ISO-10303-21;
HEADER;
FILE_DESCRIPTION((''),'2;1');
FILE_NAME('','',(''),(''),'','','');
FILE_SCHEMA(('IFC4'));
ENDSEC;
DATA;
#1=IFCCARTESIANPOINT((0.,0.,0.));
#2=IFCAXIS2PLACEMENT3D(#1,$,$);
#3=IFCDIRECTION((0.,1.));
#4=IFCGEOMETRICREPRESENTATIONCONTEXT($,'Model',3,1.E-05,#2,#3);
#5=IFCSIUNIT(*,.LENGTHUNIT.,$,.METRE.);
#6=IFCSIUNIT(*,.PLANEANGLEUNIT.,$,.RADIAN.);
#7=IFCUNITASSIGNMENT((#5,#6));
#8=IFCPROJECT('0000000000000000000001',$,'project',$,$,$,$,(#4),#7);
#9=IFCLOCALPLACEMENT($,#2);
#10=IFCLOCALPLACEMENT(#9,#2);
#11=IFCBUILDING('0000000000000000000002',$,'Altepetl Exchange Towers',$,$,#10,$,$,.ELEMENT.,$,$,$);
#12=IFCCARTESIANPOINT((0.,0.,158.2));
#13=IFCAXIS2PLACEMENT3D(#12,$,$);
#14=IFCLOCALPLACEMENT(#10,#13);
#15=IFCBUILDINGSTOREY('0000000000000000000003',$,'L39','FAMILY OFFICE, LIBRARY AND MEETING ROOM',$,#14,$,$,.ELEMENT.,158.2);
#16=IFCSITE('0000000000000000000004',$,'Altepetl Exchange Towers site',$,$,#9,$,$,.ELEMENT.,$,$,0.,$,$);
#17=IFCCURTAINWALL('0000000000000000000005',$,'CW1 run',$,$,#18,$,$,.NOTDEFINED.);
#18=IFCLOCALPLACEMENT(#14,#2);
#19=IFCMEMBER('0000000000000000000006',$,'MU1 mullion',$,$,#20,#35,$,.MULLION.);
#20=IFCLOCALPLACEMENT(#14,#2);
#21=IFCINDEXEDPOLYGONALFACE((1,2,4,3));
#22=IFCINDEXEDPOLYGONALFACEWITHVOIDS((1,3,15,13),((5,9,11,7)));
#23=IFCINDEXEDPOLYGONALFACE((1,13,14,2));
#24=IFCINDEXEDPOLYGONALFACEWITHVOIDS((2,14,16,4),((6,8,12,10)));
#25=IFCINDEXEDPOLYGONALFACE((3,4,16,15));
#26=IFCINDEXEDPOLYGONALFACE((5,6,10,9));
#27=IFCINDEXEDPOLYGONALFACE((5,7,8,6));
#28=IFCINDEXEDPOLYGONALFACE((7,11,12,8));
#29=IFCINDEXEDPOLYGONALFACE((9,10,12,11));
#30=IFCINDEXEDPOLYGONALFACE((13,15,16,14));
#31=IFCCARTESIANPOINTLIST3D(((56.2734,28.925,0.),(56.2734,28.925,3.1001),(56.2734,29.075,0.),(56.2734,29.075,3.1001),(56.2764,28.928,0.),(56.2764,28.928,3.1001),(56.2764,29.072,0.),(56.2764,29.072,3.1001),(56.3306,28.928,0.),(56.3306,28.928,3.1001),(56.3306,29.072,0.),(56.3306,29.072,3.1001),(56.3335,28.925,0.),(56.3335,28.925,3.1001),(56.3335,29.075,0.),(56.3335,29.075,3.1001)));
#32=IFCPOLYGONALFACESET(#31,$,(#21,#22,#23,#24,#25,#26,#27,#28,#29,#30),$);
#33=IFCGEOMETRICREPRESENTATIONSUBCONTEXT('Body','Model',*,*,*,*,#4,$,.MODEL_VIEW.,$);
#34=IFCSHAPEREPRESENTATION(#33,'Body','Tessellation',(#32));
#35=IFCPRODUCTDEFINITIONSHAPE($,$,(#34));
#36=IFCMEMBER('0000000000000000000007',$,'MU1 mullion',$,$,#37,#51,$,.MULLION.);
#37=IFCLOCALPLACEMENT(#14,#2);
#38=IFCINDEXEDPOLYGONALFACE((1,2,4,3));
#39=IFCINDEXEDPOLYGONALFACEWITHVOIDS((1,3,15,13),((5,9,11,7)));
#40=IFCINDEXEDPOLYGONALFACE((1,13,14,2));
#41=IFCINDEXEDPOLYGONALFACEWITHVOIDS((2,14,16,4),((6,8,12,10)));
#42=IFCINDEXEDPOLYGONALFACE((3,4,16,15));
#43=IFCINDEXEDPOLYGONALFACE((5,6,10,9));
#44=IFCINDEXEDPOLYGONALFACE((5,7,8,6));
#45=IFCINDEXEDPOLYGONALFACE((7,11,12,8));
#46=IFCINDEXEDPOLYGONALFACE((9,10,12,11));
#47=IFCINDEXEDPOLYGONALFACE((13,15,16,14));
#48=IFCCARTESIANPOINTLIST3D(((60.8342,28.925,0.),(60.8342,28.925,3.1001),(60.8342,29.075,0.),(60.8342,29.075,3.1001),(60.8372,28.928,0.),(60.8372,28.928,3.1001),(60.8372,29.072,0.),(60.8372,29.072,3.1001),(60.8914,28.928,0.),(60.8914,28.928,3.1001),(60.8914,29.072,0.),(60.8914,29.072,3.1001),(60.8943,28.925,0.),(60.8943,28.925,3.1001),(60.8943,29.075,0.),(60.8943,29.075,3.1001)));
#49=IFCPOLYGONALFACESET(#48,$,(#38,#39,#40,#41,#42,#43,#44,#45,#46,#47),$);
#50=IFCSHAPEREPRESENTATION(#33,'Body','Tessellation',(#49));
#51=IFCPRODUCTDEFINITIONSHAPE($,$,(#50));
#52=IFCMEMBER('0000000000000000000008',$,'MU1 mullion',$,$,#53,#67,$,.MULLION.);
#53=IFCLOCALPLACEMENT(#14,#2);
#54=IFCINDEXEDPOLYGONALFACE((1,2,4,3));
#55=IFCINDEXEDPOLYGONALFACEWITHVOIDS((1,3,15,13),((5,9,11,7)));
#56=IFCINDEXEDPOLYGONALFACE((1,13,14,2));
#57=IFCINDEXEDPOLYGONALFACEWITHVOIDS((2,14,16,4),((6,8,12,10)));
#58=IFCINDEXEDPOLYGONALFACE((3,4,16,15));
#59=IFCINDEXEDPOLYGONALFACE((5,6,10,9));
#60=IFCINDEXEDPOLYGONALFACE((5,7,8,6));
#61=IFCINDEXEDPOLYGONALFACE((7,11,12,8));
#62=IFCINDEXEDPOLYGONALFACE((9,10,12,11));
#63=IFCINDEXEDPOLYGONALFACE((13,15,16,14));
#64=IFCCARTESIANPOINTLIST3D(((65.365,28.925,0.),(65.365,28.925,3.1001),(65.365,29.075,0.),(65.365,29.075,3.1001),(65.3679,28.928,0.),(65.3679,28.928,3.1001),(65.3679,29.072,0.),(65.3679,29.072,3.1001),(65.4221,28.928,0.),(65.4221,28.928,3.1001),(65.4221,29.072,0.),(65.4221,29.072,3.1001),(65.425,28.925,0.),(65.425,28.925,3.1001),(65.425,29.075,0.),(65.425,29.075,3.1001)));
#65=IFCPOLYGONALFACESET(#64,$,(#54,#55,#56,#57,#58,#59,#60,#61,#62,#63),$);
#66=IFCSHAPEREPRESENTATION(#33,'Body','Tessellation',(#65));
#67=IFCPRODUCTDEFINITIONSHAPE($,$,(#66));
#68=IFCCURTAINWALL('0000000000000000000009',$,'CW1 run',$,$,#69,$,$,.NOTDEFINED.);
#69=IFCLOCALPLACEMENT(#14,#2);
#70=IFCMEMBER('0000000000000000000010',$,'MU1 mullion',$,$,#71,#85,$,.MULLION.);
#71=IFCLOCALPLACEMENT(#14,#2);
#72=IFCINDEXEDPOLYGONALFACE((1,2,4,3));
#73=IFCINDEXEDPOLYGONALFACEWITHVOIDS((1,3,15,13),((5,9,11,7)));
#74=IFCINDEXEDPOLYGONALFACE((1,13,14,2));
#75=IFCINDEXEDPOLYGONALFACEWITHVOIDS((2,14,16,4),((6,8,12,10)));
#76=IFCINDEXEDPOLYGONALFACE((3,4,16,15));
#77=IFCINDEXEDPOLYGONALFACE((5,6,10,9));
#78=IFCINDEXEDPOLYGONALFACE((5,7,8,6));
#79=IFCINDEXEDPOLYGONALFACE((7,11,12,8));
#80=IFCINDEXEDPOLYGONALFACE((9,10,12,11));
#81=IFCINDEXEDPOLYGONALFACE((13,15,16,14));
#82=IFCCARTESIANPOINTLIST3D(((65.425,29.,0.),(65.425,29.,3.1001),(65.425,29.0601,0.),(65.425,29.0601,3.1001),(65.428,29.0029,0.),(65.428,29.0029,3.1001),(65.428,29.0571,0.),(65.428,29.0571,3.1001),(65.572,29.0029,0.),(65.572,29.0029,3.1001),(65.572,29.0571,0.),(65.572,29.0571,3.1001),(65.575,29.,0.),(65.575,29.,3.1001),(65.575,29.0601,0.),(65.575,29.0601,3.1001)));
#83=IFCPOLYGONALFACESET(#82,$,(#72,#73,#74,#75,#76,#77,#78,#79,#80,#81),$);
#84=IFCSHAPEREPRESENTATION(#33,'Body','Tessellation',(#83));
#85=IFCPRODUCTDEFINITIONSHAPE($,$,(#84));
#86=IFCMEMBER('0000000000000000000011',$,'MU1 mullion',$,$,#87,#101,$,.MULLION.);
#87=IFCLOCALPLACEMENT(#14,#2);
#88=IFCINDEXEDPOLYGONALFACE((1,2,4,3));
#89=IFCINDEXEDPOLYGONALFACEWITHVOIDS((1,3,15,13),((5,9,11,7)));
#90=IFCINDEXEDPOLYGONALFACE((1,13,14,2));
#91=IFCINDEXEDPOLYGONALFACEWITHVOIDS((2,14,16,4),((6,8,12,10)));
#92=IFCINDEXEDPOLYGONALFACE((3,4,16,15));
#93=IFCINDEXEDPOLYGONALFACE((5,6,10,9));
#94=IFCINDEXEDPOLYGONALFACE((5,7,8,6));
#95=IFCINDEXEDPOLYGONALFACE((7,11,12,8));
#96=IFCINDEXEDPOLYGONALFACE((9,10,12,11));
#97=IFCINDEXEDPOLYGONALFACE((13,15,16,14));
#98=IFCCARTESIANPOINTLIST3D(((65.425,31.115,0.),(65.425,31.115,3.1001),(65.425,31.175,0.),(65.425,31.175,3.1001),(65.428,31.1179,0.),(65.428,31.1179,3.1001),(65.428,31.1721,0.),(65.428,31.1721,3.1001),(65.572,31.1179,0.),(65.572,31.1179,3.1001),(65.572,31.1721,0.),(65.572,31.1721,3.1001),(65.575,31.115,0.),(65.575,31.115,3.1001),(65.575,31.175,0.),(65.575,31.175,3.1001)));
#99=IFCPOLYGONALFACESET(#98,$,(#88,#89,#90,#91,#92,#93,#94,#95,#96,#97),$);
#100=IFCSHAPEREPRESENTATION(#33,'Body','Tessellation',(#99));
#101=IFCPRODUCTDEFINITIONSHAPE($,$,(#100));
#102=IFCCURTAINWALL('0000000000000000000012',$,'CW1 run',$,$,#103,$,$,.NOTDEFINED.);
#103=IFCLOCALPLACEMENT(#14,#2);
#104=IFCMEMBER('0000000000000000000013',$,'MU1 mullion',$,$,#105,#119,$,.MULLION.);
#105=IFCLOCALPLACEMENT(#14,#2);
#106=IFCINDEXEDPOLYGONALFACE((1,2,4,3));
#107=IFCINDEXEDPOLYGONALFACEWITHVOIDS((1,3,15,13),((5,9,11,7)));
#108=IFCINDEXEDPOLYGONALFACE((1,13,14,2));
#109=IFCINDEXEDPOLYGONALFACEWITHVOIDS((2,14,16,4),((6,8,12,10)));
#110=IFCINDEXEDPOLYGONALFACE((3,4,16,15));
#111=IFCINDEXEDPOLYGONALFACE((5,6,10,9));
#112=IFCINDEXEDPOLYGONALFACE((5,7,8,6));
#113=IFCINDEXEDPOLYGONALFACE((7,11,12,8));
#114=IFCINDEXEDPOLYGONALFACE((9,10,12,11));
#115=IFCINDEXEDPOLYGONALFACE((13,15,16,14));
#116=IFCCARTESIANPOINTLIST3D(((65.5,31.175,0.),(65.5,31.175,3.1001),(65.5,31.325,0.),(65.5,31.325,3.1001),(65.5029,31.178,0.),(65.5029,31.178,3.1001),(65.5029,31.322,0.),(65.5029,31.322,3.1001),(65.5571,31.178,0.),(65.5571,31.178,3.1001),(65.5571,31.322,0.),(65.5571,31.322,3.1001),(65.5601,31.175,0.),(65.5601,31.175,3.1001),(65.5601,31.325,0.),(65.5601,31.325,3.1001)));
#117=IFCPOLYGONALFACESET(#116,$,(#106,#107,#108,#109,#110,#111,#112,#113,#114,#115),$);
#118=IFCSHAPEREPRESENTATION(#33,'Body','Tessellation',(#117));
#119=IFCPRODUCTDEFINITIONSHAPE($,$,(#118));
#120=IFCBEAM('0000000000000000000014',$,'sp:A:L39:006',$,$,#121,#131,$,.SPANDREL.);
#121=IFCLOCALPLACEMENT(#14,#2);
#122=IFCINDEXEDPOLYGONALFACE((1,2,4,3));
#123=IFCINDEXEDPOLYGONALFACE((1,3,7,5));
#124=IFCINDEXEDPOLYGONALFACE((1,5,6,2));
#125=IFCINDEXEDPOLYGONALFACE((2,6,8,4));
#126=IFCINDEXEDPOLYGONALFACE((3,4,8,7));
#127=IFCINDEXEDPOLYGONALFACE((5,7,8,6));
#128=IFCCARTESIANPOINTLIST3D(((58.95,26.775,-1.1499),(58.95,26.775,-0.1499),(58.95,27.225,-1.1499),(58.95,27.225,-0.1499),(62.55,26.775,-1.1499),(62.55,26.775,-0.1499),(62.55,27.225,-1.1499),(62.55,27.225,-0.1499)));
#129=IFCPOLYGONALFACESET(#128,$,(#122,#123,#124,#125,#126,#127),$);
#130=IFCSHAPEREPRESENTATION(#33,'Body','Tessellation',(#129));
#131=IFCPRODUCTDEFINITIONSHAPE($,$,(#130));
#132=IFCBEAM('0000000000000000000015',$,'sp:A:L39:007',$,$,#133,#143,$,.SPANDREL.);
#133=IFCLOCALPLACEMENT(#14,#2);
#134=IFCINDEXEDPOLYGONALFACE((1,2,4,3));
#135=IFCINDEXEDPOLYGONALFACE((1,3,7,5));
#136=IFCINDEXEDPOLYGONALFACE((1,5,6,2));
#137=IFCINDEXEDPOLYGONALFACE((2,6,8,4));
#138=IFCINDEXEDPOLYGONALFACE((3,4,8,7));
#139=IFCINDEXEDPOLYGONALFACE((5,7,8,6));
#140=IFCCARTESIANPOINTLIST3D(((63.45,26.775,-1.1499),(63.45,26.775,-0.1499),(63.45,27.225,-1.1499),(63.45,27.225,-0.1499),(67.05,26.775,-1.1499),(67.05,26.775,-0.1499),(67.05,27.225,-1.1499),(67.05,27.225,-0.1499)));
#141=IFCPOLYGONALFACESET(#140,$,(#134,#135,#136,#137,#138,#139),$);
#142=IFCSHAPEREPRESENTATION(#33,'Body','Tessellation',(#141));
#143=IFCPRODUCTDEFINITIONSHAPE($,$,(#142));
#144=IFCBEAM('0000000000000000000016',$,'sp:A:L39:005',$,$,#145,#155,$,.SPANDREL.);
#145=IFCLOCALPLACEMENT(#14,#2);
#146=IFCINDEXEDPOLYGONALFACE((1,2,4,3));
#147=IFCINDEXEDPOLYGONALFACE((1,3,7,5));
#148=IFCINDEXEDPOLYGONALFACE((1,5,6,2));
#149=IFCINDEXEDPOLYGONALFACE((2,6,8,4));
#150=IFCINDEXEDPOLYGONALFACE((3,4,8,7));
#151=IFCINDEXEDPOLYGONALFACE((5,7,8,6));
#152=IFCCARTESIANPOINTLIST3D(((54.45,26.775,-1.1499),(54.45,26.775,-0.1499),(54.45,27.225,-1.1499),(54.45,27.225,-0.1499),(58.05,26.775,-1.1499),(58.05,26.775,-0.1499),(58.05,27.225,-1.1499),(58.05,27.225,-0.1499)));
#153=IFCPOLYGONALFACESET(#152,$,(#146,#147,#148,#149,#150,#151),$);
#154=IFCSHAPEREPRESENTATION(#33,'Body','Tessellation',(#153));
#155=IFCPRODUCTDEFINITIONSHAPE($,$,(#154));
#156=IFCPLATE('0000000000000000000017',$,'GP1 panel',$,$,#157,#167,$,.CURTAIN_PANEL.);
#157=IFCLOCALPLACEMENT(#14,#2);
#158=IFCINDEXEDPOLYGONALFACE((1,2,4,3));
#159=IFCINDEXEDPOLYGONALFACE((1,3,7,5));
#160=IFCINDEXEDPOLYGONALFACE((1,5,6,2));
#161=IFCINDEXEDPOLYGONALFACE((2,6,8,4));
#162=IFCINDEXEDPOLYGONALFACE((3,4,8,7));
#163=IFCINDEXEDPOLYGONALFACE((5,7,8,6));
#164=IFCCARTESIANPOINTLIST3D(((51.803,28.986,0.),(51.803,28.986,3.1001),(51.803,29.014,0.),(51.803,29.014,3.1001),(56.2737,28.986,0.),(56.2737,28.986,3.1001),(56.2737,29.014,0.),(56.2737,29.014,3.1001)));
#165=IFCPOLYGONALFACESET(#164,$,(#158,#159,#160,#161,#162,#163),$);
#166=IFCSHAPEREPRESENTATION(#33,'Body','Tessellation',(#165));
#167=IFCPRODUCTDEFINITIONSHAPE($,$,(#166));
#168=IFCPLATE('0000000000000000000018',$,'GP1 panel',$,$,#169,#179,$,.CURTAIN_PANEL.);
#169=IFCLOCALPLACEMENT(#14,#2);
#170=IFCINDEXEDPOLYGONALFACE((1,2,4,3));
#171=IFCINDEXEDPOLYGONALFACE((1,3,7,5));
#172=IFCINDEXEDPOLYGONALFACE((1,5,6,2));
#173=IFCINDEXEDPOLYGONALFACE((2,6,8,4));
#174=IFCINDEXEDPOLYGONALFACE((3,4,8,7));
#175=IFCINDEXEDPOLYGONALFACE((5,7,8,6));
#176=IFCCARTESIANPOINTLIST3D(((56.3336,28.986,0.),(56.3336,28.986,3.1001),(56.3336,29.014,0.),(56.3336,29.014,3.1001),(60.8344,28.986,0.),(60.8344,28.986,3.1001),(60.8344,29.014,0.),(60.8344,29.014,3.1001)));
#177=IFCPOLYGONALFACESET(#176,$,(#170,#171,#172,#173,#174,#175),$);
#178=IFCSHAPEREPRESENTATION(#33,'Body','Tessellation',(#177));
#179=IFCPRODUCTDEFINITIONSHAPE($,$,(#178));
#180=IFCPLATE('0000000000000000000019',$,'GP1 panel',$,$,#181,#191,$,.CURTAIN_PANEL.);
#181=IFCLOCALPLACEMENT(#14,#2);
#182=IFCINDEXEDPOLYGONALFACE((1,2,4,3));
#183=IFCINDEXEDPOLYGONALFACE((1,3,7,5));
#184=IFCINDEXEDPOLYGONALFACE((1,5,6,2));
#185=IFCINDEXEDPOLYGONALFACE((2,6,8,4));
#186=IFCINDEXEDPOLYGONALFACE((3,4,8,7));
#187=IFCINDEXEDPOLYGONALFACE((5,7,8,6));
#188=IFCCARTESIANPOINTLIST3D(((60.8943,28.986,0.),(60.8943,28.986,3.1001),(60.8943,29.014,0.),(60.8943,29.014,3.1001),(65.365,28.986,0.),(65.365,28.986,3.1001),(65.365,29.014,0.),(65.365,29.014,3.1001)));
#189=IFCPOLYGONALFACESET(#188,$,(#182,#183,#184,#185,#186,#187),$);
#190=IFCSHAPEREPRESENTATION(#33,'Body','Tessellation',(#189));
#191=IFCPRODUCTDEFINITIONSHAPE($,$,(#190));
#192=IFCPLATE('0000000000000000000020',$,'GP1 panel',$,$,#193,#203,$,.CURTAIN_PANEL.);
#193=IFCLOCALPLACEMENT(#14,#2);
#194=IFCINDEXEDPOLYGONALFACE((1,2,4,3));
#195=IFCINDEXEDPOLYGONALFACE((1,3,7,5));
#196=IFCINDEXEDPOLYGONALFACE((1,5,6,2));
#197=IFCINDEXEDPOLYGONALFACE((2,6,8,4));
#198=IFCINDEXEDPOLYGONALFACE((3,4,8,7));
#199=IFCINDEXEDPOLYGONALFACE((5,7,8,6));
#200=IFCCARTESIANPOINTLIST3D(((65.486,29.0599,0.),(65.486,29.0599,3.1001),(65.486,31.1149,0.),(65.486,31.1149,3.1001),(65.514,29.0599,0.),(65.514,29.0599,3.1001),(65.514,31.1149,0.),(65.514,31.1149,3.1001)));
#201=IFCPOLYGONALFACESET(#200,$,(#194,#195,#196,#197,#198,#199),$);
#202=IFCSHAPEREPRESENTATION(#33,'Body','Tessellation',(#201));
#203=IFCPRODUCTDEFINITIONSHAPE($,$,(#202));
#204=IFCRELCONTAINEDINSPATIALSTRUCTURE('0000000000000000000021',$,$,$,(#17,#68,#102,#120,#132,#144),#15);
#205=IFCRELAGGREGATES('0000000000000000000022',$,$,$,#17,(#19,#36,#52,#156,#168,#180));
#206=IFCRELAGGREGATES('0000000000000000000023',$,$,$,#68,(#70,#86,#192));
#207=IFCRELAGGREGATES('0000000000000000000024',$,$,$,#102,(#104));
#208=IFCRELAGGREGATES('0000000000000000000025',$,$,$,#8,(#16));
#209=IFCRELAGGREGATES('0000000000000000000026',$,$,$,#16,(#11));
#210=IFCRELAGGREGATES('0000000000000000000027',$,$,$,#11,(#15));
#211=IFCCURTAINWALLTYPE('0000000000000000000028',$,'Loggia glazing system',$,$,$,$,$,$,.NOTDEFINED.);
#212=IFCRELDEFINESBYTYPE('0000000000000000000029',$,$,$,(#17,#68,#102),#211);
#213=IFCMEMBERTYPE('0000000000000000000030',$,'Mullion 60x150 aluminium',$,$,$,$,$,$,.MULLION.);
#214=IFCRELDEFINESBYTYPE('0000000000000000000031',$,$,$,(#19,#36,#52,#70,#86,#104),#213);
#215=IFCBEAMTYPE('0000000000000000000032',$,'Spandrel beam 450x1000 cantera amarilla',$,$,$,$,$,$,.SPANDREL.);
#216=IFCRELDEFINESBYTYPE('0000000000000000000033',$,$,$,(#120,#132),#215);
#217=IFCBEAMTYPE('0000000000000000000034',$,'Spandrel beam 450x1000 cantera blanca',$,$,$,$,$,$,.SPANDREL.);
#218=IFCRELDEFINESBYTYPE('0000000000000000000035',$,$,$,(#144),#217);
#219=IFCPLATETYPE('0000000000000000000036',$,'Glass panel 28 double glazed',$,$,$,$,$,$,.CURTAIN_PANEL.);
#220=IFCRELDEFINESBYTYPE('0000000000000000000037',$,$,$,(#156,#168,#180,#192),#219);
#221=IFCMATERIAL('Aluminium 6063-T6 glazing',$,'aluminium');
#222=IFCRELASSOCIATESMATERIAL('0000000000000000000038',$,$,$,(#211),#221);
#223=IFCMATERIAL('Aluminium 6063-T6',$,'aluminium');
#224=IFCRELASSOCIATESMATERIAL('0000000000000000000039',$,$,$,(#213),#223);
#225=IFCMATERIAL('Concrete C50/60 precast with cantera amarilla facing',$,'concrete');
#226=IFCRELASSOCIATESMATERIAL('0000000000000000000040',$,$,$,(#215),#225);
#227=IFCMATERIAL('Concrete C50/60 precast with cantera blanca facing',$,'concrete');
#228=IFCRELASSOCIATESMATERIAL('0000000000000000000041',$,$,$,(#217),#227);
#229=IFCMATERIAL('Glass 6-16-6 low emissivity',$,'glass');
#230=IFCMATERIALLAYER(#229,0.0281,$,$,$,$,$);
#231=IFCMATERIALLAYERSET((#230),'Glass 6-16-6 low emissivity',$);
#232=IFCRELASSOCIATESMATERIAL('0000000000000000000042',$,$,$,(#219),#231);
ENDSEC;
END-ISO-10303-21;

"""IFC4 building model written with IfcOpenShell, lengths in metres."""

from ifc_helpers import new_model, si_unit, direction, frame, origin, origin_2d, place, context, subcontext, project, spatial, rectangle, hollow_rectangle, extrude, material, layer, layer_set, material_profile, profile_set, type_object, element, aggregate, save


model = new_model("IFC4")

# Units and contexts
model_context = context("Model", 3, precision=1e-05, world=origin(), true_north=direction((0.0, 1.0)))
body_context = subcontext(model_context, "Body", "Model", "MODEL_VIEW")
ifc_project = project(units=[si_unit("LENGTHUNIT", "METRE"), si_unit("PLANEANGLEUNIT", "RADIAN")], contexts=[model_context])

# Site, building, storey
site_placement = place(None, origin())
site = spatial("IfcSite", under=ifc_project, at=site_placement, Name="Altepetl Exchange Towers site", CompositionType="ELEMENT", RefElevation=0.0)
building_placement = place(site_placement, origin())
building = spatial("IfcBuilding", under=site, at=building_placement, Name="Altepetl Exchange Towers", CompositionType="ELEMENT")
storey_placement = place(building_placement, frame((0.0, 0.0, 158.2)))
storey = spatial("IfcBuildingStorey", under=building, at=storey_placement, Name="L39", Description="FAMILY OFFICE, LIBRARY AND MEETING ROOM", CompositionType="ELEMENT", Elevation=158.2)

# Curtain walls, members
ifc_material_1 = material(Name="Aluminium 6063-T6 glazing", Category="aluminium")
curtain_wall_type = type_object("IfcCurtainWallType", Name="Loggia glazing system", PredefinedType="NOTDEFINED", material=ifc_material_1)
curtain_wall_1_placement = place(storey_placement, origin())
curtain_wall_1 = element("IfcCurtainWall", 1, at=curtain_wall_1_placement, inside=storey, type_object=curtain_wall_type, Name="CW1 run", PredefinedType="NOTDEFINED")
ifc_material_2 = material(Name="Aluminium 6063-T6", Category="aluminium")
ifc_material_profile_1 = material_profile(ifc_material_2, hollow_rectangle(XDim=0.0601, YDim=0.1499, WallThickness=0.0029, at=origin_2d()), Name="Mullion 60x150 aluminium")
ifc_profile_set_1 = profile_set([ifc_material_profile_1], Name="Aluminium 6063-T6")
member_type = type_object("IfcMemberType", Name="Mullion 60x150 aluminium", PredefinedType="MULLION", material=ifc_profile_set_1)
member_1_placement = place(storey_placement, frame((56.3035, 29.0, 0.0)))
member_1 = element("IfcMember", 2, at=member_1_placement, type_object=member_type, Name="MU1 mullion", PredefinedType="MULLION", context=body_context, shape_type="SweptSolid", body=[
    extrude(hollow_rectangle(XDim=0.0601, YDim=0.1499, WallThickness=0.0029, at=origin_2d()), origin(), (0.0, 0.0, 1.0), 3.1001),
])
member_2_placement = place(storey_placement, frame((60.8643, 29.0, 0.0)))
member_2 = element("IfcMember", 3, at=member_2_placement, type_object=member_type, Name="MU1 mullion", PredefinedType="MULLION", context=body_context, shape_type="SweptSolid", body=[
    extrude(hollow_rectangle(XDim=0.0601, YDim=0.1499, WallThickness=0.0029, at=origin_2d()), origin(), (0.0, 0.0, 1.0), 3.1001),
])
member_3_placement = place(storey_placement, frame((65.395, 29.0, 0.0)))
member_3 = element("IfcMember", 4, at=member_3_placement, type_object=member_type, Name="MU1 mullion", PredefinedType="MULLION", context=body_context, shape_type="SweptSolid", body=[
    extrude(hollow_rectangle(XDim=0.0601, YDim=0.1499, WallThickness=0.0029, at=origin_2d()), origin(), (0.0, 0.0, 1.0), 3.1001),
])
curtain_wall_2_placement = place(storey_placement, origin())
curtain_wall_2 = element("IfcCurtainWall", 5, at=curtain_wall_2_placement, inside=storey, type_object=curtain_wall_type, Name="CW1 run", PredefinedType="NOTDEFINED")
member_4_placement = place(storey_placement, frame((65.5, 29.03, 0.0), z_axis=(0.0, 0.0, 1.0), x_axis=(0.0, 1.0, 0.0)))
member_4 = element("IfcMember", 6, at=member_4_placement, type_object=member_type, Name="MU1 mullion", PredefinedType="MULLION", context=body_context, shape_type="SweptSolid", body=[
    extrude(hollow_rectangle(XDim=0.0601, YDim=0.1499, WallThickness=0.0029, at=origin_2d()), origin(), (0.0, 0.0, 1.0), 3.1001),
])
member_5_placement = place(storey_placement, frame((65.5, 31.145, 0.0), z_axis=(0.0, 0.0, 1.0), x_axis=(0.0, 1.0, 0.0)))
member_5 = element("IfcMember", 7, at=member_5_placement, type_object=member_type, Name="MU1 mullion", PredefinedType="MULLION", context=body_context, shape_type="SweptSolid", body=[
    extrude(hollow_rectangle(XDim=0.0601, YDim=0.1499, WallThickness=0.0029, at=origin_2d()), origin(), (0.0, 0.0, 1.0), 3.1001),
])

# Curtain wall, member
curtain_wall_3_placement = place(storey_placement, origin())
curtain_wall_3 = element("IfcCurtainWall", 8, at=curtain_wall_3_placement, inside=storey, type_object=curtain_wall_type, Name="CW1 run", PredefinedType="NOTDEFINED")
member_6_placement = place(storey_placement, frame((65.53, 31.25, 0.0)))
member_6 = element("IfcMember", 9, at=member_6_placement, type_object=member_type, Name="MU1 mullion", PredefinedType="MULLION", context=body_context, shape_type="SweptSolid", body=[
    extrude(hollow_rectangle(XDim=0.0601, YDim=0.1499, WallThickness=0.0029, at=origin_2d()), origin(), (0.0, 0.0, 1.0), 3.1001),
])

# Beams
ifc_material_3 = material(Name="Concrete C50/60 precast with cantera amarilla facing", Category="concrete")
ifc_material_profile_2 = material_profile(ifc_material_3, rectangle(XDim=0.45, YDim=1.0, at=origin_2d()), Name="450 x 1000")
ifc_profile_set_2 = profile_set([ifc_material_profile_2], Name="Concrete C50/60 precast with cantera amarilla facing")
beam_type_1 = type_object("IfcBeamType", Name="Spandrel beam 450x1000 cantera amarilla", PredefinedType="SPANDREL", material=ifc_profile_set_2)
for number, where, z_axis, x_axis, name in (
    (10, (58.95, 27.0, -0.6499), (1.0, 0.0, 0.0), (0.0, 1.0, 0.0), "sp:A:L39:006"),
    (11, (63.45, 27.0, -0.6499), (1.0, 0.0, 0.0), (0.0, 1.0, 0.0), "sp:A:L39:007"),
):
    element("IfcBeam", number, at=place(storey_placement, frame(where, z_axis=z_axis, x_axis=x_axis)), inside=storey, type_object=beam_type_1, Name=name, PredefinedType="SPANDREL", context=body_context, shape_type="SweptSolid", body=[
        extrude(rectangle(XDim=0.45, YDim=1.0, at=origin_2d()), origin(), (0.0, 0.0, 1.0), 3.6001),
    ])
ifc_material_4 = material(Name="Concrete C50/60 precast with cantera blanca facing", Category="concrete")
ifc_material_profile_3 = material_profile(ifc_material_4, rectangle(XDim=0.45, YDim=1.0, at=origin_2d()), Name="450 x 1000")
ifc_profile_set_3 = profile_set([ifc_material_profile_3], Name="Concrete C50/60 precast with cantera blanca facing")
beam_type_2 = type_object("IfcBeamType", Name="Spandrel beam 450x1000 cantera blanca", PredefinedType="SPANDREL", material=ifc_profile_set_3)
beam_1_placement = place(storey_placement, frame((54.45, 27.0, -0.6499), z_axis=(1.0, 0.0, 0.0), x_axis=(0.0, 1.0, 0.0)))
element("IfcBeam", 12, at=beam_1_placement, inside=storey, type_object=beam_type_2, Name="sp:A:L39:005", PredefinedType="SPANDREL", context=body_context, shape_type="SweptSolid", body=[
    extrude(rectangle(XDim=0.45, YDim=1.0, at=origin_2d()), origin(), (0.0, 0.0, 1.0), 3.6001),
])

# Plates
ifc_material_5 = material(Name="Glass 6-16-6 low emissivity", Category="glass")
ifc_layer_1 = layer(ifc_material_5, 0.0281)
ifc_layer_set_1 = layer_set([ifc_layer_1], Name="Glass 6-16-6 low emissivity")
plate_type = type_object("IfcPlateType", Name="Glass panel 28 double glazed", PredefinedType="CURTAIN_PANEL", material=ifc_layer_set_1)
plate_1_placement = place(storey_placement, frame((54.0383, 29.0, 0.0)))
plate_1 = element("IfcPlate", 13, at=plate_1_placement, type_object=plate_type, Name="GP1 panel", PredefinedType="CURTAIN_PANEL", context=body_context, shape_type="SweptSolid", body=[
    extrude(rectangle(XDim=4.4707, YDim=0.0281, at=origin_2d()), origin(), (0.0, 0.0, 1.0), 3.1001),
])
plate_2_placement = place(storey_placement, frame((58.584, 29.0, 0.0)))
plate_2 = element("IfcPlate", 14, at=plate_2_placement, type_object=plate_type, Name="GP1 panel", PredefinedType="CURTAIN_PANEL", context=body_context, shape_type="SweptSolid", body=[
    extrude(rectangle(XDim=4.5007, YDim=0.0281, at=origin_2d()), origin(), (0.0, 0.0, 1.0), 3.1001),
])
plate_3_placement = place(storey_placement, frame((63.1296, 29.0, 0.0)))
plate_3 = element("IfcPlate", 15, at=plate_3_placement, type_object=plate_type, Name="GP1 panel", PredefinedType="CURTAIN_PANEL", context=body_context, shape_type="SweptSolid", body=[
    extrude(rectangle(XDim=4.4707, YDim=0.0281, at=origin_2d()), origin(), (0.0, 0.0, 1.0), 3.1001),
])
aggregate(curtain_wall_1, [member_1, member_2, member_3, plate_1, plate_2, plate_3])
plate_4_placement = place(storey_placement, frame((65.5, 30.0874, 0.0), z_axis=(0.0, 0.0, 1.0), x_axis=(0.0, 1.0, 0.0)))
plate_4 = element("IfcPlate", 16, at=plate_4_placement, type_object=plate_type, Name="GP1 panel", PredefinedType="CURTAIN_PANEL", context=body_context, shape_type="SweptSolid", body=[
    extrude(rectangle(XDim=2.0549, YDim=0.0281, at=origin_2d()), origin(), (0.0, 0.0, 1.0), 3.1001),
])
aggregate(curtain_wall_2, [member_4, member_5, plate_4])
aggregate(curtain_wall_3, [member_6])

save(model, "model.ifc")
